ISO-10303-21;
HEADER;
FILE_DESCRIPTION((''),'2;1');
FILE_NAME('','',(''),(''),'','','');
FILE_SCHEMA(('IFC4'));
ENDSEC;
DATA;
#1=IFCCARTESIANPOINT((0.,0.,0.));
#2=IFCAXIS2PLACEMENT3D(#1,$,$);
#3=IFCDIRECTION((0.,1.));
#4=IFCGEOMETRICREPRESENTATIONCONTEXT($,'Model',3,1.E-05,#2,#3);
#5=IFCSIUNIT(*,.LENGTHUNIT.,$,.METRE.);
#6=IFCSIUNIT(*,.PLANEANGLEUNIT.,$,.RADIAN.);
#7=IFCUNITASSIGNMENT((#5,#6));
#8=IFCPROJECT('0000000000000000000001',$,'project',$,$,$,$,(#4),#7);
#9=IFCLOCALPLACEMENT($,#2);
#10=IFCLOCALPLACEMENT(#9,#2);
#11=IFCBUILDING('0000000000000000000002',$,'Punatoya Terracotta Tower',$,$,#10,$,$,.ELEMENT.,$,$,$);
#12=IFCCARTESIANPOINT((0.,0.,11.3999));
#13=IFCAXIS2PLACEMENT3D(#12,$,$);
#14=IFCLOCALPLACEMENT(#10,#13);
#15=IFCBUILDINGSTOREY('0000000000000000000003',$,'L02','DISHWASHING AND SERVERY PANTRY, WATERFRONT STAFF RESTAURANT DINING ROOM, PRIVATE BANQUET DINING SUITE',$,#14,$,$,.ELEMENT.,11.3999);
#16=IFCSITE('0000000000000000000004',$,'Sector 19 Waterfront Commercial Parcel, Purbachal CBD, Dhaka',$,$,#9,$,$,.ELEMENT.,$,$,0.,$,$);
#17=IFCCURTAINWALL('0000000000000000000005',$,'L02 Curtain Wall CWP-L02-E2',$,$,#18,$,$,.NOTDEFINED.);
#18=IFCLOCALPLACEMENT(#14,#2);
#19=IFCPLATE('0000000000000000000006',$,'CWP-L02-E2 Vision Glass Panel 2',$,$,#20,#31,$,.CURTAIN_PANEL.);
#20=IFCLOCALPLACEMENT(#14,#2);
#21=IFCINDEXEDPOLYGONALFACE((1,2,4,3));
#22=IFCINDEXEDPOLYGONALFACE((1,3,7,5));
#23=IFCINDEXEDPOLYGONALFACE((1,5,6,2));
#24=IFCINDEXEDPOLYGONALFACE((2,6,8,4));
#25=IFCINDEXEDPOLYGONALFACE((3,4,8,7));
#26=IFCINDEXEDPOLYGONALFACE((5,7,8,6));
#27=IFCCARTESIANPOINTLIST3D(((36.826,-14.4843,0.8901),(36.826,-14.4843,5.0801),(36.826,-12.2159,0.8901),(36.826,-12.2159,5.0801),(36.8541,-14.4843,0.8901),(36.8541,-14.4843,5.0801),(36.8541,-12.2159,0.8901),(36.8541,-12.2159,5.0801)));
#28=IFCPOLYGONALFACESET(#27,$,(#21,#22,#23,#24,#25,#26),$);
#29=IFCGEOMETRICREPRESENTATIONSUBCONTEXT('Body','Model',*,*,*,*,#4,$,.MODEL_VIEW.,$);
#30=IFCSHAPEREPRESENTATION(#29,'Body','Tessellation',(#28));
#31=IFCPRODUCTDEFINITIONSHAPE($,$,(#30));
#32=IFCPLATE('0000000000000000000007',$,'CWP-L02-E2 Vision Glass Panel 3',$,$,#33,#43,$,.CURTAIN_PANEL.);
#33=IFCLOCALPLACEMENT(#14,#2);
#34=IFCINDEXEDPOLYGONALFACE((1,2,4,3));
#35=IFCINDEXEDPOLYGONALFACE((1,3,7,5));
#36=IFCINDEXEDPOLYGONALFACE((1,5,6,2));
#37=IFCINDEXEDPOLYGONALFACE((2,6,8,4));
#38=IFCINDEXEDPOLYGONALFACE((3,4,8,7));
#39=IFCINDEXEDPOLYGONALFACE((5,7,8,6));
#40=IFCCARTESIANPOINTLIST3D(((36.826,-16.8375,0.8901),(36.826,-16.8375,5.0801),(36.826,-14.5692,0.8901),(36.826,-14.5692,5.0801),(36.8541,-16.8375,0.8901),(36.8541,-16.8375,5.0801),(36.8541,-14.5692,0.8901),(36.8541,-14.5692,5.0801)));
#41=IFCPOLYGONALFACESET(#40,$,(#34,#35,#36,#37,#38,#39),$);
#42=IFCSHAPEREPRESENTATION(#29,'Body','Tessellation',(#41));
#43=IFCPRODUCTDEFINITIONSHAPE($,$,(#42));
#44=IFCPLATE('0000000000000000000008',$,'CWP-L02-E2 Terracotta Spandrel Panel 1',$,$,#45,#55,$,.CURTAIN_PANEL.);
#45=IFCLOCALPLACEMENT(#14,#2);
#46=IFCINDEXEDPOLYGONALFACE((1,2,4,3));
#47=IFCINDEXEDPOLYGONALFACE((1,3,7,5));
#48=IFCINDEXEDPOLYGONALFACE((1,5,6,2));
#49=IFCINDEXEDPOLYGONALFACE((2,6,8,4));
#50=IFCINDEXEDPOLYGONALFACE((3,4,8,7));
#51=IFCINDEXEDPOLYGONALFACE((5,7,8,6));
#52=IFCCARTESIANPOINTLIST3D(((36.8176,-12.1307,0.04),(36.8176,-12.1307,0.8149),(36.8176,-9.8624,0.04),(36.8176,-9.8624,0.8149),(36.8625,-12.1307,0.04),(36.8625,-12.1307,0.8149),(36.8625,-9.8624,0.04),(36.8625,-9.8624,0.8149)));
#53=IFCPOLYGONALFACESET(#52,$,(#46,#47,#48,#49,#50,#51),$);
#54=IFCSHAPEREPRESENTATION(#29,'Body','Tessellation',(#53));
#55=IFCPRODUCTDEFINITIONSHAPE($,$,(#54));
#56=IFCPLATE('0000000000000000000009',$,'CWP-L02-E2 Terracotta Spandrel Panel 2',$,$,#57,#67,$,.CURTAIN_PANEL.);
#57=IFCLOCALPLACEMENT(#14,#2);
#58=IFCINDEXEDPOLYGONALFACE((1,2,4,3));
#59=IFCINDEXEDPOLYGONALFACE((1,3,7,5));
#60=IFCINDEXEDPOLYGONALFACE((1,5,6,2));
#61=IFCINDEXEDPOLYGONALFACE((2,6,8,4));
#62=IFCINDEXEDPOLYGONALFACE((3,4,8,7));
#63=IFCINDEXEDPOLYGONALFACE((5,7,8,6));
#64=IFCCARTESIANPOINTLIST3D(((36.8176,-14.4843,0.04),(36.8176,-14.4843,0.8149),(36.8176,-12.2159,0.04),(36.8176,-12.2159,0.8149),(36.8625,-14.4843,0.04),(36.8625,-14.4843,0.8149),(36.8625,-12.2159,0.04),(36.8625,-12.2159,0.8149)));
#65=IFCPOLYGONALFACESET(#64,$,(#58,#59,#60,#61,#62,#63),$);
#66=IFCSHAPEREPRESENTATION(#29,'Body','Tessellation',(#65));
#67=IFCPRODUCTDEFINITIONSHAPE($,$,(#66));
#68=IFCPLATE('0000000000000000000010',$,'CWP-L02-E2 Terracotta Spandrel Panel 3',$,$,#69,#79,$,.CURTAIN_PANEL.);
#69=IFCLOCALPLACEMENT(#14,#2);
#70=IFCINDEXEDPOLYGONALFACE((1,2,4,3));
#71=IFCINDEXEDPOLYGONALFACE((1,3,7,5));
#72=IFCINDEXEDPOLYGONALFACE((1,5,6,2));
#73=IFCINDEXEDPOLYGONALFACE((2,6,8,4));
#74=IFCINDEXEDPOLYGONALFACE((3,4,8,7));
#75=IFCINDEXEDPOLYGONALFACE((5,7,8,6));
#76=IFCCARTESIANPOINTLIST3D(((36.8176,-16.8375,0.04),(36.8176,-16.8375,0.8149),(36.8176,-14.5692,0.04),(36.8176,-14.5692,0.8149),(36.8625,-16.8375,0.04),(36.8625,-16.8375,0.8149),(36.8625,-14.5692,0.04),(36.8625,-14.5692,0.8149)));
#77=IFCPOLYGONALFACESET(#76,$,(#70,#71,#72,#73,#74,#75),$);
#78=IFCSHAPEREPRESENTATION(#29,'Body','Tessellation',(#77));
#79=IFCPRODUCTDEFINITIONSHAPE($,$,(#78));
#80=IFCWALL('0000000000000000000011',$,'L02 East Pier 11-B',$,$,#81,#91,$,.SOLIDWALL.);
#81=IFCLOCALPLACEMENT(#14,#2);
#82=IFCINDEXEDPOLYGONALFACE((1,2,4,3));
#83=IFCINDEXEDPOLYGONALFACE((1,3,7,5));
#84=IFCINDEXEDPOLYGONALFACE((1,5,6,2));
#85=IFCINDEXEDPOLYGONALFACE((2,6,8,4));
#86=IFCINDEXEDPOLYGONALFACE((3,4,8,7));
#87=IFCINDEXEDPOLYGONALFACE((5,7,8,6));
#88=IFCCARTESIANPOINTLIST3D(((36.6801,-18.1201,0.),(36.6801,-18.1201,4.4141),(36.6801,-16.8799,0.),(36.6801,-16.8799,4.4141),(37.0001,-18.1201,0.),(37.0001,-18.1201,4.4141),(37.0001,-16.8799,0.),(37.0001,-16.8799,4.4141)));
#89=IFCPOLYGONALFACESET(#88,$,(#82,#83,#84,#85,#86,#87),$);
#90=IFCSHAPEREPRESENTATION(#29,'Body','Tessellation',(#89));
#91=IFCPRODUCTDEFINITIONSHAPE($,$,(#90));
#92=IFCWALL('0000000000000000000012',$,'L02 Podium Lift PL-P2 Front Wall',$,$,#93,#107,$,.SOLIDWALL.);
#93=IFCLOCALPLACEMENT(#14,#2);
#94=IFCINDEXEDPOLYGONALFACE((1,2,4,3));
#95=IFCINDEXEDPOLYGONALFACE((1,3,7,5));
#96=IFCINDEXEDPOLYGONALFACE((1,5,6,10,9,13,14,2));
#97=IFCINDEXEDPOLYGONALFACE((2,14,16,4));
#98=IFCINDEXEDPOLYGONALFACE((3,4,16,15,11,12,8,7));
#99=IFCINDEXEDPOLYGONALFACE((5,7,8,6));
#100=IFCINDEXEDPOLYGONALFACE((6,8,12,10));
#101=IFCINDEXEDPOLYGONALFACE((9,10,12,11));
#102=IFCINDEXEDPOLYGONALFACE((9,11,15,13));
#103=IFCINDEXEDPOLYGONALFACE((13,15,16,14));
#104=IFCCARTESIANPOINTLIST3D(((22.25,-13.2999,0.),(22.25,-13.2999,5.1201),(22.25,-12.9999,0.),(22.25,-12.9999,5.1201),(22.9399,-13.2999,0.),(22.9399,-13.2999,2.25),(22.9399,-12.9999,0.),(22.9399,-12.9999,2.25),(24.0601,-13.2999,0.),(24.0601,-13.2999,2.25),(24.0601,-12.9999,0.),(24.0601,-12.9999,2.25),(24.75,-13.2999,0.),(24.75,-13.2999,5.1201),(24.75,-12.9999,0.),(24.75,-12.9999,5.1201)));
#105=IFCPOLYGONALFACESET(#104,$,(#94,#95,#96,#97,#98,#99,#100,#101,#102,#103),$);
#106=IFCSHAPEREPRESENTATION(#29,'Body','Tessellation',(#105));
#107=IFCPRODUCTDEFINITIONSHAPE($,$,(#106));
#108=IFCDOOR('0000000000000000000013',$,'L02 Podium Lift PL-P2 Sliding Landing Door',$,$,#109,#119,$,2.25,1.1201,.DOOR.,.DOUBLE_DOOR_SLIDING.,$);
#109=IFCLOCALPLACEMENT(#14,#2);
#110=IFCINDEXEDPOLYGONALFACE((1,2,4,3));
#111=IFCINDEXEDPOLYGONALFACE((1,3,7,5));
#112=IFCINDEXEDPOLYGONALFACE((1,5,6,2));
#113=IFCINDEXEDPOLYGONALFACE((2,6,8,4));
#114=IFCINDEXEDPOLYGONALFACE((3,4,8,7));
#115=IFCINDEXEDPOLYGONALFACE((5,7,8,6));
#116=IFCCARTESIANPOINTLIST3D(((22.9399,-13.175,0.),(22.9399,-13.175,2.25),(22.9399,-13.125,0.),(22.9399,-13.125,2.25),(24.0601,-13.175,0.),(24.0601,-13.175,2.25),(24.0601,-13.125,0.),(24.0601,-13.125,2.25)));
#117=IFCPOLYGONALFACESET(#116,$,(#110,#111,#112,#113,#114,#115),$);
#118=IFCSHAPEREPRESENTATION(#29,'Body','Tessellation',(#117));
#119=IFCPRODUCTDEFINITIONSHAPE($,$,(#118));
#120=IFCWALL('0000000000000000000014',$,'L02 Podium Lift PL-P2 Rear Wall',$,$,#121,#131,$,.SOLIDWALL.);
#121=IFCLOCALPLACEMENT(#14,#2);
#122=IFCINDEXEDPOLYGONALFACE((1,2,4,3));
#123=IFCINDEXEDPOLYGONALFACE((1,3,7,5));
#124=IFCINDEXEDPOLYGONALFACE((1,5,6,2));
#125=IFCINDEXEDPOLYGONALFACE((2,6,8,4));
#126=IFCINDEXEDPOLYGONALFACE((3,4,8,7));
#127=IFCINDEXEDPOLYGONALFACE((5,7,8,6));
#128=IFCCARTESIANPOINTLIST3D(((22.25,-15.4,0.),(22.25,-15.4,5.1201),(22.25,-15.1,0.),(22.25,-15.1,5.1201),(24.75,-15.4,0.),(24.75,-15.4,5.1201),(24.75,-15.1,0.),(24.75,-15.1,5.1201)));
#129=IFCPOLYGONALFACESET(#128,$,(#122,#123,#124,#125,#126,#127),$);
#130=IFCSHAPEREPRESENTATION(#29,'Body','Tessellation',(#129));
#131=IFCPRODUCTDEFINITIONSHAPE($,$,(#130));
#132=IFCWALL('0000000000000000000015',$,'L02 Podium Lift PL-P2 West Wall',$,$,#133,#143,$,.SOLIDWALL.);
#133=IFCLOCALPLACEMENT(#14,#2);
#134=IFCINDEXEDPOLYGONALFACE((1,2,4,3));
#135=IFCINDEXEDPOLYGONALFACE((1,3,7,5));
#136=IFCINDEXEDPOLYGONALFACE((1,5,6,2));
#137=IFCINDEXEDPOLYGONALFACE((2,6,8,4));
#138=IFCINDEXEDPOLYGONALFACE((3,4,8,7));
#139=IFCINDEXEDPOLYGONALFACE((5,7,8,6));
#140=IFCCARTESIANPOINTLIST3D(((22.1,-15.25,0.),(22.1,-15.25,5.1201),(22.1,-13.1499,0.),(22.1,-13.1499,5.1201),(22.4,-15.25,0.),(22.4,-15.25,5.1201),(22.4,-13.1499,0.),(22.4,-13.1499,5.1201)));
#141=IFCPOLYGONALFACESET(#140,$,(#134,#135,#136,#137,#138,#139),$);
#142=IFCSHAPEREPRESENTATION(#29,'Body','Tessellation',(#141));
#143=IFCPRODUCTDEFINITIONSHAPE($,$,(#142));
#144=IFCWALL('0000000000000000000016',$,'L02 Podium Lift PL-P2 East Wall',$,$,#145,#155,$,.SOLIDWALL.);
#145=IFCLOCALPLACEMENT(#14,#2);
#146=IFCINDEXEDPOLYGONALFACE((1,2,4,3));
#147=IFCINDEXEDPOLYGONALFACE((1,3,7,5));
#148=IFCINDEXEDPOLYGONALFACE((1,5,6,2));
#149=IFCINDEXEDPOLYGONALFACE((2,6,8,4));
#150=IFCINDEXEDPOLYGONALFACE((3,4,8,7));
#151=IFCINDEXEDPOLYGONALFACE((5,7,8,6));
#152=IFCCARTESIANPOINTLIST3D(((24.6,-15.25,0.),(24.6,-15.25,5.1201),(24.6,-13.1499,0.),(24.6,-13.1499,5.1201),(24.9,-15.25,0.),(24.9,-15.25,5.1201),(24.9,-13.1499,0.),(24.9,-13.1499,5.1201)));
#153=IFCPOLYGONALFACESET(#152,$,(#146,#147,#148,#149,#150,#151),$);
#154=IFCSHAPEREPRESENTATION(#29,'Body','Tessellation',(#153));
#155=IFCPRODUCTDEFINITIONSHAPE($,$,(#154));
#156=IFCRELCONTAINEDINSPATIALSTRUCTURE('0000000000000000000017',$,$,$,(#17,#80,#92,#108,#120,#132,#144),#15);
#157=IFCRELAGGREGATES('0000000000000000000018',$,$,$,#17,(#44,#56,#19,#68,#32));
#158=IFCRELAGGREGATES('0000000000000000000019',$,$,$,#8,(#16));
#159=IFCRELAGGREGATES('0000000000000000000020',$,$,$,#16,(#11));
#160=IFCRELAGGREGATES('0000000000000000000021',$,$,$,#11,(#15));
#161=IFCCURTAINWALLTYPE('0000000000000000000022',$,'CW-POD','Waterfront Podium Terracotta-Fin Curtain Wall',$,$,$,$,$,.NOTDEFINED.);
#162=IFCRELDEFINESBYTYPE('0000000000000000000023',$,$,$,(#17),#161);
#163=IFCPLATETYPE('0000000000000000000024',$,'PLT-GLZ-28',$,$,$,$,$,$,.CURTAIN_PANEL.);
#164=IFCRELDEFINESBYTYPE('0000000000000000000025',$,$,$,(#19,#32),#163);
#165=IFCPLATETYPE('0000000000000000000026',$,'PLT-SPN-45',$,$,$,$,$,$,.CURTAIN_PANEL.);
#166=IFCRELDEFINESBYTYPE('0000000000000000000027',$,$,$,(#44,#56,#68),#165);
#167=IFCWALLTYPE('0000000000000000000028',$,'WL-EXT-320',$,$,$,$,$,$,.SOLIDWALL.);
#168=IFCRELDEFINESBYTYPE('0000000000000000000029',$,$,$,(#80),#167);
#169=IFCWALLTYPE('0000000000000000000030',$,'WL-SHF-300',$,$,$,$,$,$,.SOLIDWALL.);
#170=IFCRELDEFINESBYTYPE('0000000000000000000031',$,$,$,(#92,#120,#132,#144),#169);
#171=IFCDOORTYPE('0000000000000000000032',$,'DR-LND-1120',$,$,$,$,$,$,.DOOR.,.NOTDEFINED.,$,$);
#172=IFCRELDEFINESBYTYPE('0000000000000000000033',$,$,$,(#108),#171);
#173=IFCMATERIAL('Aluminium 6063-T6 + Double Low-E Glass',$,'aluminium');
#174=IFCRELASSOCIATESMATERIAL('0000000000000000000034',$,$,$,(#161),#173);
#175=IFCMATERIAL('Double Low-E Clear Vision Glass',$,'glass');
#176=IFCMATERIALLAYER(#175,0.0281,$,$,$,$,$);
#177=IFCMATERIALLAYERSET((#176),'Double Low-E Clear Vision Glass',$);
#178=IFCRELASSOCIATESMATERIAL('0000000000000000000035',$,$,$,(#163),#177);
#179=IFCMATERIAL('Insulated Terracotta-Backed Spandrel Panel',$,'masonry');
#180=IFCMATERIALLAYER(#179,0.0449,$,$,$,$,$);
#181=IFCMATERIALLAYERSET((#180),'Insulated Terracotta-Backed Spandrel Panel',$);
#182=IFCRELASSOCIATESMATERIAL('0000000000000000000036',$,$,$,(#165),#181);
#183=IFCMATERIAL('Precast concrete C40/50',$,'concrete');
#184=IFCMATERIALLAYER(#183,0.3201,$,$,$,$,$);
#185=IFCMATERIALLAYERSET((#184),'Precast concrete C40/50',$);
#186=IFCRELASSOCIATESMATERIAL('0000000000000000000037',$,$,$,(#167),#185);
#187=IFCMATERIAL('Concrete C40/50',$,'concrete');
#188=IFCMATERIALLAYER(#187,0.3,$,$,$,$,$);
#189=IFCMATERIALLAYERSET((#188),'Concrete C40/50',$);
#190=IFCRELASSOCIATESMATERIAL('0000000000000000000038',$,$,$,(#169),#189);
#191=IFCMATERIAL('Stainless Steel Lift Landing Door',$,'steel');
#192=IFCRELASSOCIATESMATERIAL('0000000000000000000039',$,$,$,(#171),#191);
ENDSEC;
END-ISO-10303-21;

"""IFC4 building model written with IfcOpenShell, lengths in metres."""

from ifc_helpers import new_model, si_unit, direction, frame, frame_2d, origin, origin_2d, place, context, subcontext, project, spatial, rectangle, extrude, material, layer, layer_set, type_object, element, fill, aggregate, save


model = new_model("IFC4")

# Units and contexts
model_context = context("Model", 3, precision=1e-05, world=origin(), true_north=direction((0.0, 1.0)))
body_context = subcontext(model_context, "Body", "Model", "MODEL_VIEW")
ifc_project = project(units=[si_unit("LENGTHUNIT", "METRE"), si_unit("PLANEANGLEUNIT", "RADIAN")], contexts=[model_context])

# Site, building, storey
site_placement = place(None, origin())
site = spatial("IfcSite", under=ifc_project, at=site_placement, Name="Sector 19 Waterfront Commercial Parcel, Purbachal CBD, Dhaka", CompositionType="ELEMENT", RefElevation=0.0)
building_placement = place(site_placement, origin())
building = spatial("IfcBuilding", under=site, at=building_placement, Name="Punatoya Terracotta Tower", CompositionType="ELEMENT")
storey_placement = place(building_placement, frame((0.0, 0.0, 11.3999)))
storey = spatial("IfcBuildingStorey", under=building, at=storey_placement, Name="L02", Description="DISHWASHING AND SERVERY PANTRY, WATERFRONT STAFF RESTAURANT DINING ROOM, PRIVATE BANQUET DINING SUITE", CompositionType="ELEMENT", Elevation=11.3999)

# Curtain wall, plates
ifc_material_1 = material(Name="Aluminium 6063-T6 + Double Low-E Glass", Category="aluminium")
curtain_wall_type = type_object("IfcCurtainWallType", Name="CW-POD", Description="Waterfront Podium Terracotta-Fin Curtain Wall", PredefinedType="NOTDEFINED", material=ifc_material_1)
curtain_wall_placement = place(storey_placement, origin())
curtain_wall = element("IfcCurtainWall", 1, at=curtain_wall_placement, inside=storey, type_object=curtain_wall_type, Name="L02 Curtain Wall CWP-L02-E2", PredefinedType="NOTDEFINED")
ifc_material_2 = material(Name="Double Low-E Clear Vision Glass", Category="glass")
ifc_layer_1 = layer(ifc_material_2, 0.0281)
ifc_layer_set_1 = layer_set([ifc_layer_1], Name="Double Low-E Clear Vision Glass")
plate_type_1 = type_object("IfcPlateType", Name="PLT-GLZ-28", PredefinedType="CURTAIN_PANEL", material=ifc_layer_set_1)
plate_1_placement = place(storey_placement, frame((36.8401, -13.3501, 0.8901), z_axis=(0.0, 0.0, 1.0), x_axis=(0.0, -1.0, 0.0)))
plate_1 = element("IfcPlate", 2, at=plate_1_placement, type_object=plate_type_1, Name="CWP-L02-E2 Vision Glass Panel 2", PredefinedType="CURTAIN_PANEL", context=body_context, shape_type="SweptSolid", body=[
    extrude(rectangle(XDim=2.2683, YDim=0.0281, at=origin_2d()), origin(), (0.0, 0.0, 1.0), 4.1899),
])
plate_2_placement = place(storey_placement, frame((36.8401, -15.7034, 0.8901), z_axis=(0.0, 0.0, 1.0), x_axis=(0.0, -1.0, 0.0)))
plate_2 = element("IfcPlate", 3, at=plate_2_placement, type_object=plate_type_1, Name="CWP-L02-E2 Vision Glass Panel 3", PredefinedType="CURTAIN_PANEL", context=body_context, shape_type="SweptSolid", body=[
    extrude(rectangle(XDim=2.2683, YDim=0.0281, at=origin_2d()), origin(), (0.0, 0.0, 1.0), 4.1899),
])
ifc_material_3 = material(Name="Insulated Terracotta-Backed Spandrel Panel", Category="masonry")
ifc_layer_2 = layer(ifc_material_3, 0.0449)
ifc_layer_set_2 = layer_set([ifc_layer_2], Name="Insulated Terracotta-Backed Spandrel Panel")
plate_type_2 = type_object("IfcPlateType", Name="PLT-SPN-45", PredefinedType="CURTAIN_PANEL", material=ifc_layer_set_2)
plate_3_placement = place(storey_placement, frame((36.8401, -10.9966, 0.04), z_axis=(0.0, 0.0, 1.0), x_axis=(0.0, -1.0, 0.0)))
plate_3 = element("IfcPlate", 4, at=plate_3_placement, type_object=plate_type_2, Name="CWP-L02-E2 Terracotta Spandrel Panel 1", PredefinedType="CURTAIN_PANEL", context=body_context, shape_type="SweptSolid", body=[
    extrude(rectangle(XDim=2.2683, YDim=0.0449, at=origin_2d()), origin(), (0.0, 0.0, 1.0), 0.7749),
])
plate_4_placement = place(storey_placement, frame((36.8401, -13.3501, 0.04), z_axis=(0.0, 0.0, 1.0), x_axis=(0.0, -1.0, 0.0)))
plate_4 = element("IfcPlate", 5, at=plate_4_placement, type_object=plate_type_2, Name="CWP-L02-E2 Terracotta Spandrel Panel 2", PredefinedType="CURTAIN_PANEL", context=body_context, shape_type="SweptSolid", body=[
    extrude(rectangle(XDim=2.2683, YDim=0.0449, at=origin_2d()), origin(), (0.0, 0.0, 1.0), 0.7749),
])
plate_5_placement = place(storey_placement, frame((36.8401, -15.7034, 0.04), z_axis=(0.0, 0.0, 1.0), x_axis=(0.0, -1.0, 0.0)))
plate_5 = element("IfcPlate", 6, at=plate_5_placement, type_object=plate_type_2, Name="CWP-L02-E2 Terracotta Spandrel Panel 3", PredefinedType="CURTAIN_PANEL", context=body_context, shape_type="SweptSolid", body=[
    extrude(rectangle(XDim=2.2683, YDim=0.0449, at=origin_2d()), origin(), (0.0, 0.0, 1.0), 0.7749),
])
aggregate(curtain_wall, [plate_3, plate_4, plate_1, plate_5, plate_2])

# Wall
ifc_material_4 = material(Name="Precast concrete C40/50", Category="concrete")
ifc_layer_3 = layer(ifc_material_4, 0.3201)
ifc_layer_set_3 = layer_set([ifc_layer_3], Name="Precast concrete C40/50")
wall_type_1 = type_object("IfcWallType", Name="WL-EXT-320", PredefinedType="SOLIDWALL", material=ifc_layer_set_3)
wall_1_placement = place(storey_placement, frame((36.8401, -16.8799, 0.0), z_axis=(0.0, 0.0, 1.0), x_axis=(0.0, -1.0, 0.0)))
element("IfcWall", 7, at=wall_1_placement, inside=storey, type_object=wall_type_1, Name="L02 East Pier 11-B", PredefinedType="SOLIDWALL", context=body_context, shape_type="SweptSolid", body=[
    extrude(rectangle(XDim=1.2402, YDim=0.3201, at=frame_2d((0.6201, 0.0))), origin(), (0.0, 0.0, 1.0), 4.4141),
])

# Wall, opening, door
ifc_material_5 = material(Name="Concrete C40/50", Category="concrete")
ifc_layer_4 = layer(ifc_material_5, 0.3)
ifc_layer_set_4 = layer_set([ifc_layer_4], Name="Concrete C40/50")
wall_type_2 = type_object("IfcWallType", Name="WL-SHF-300", PredefinedType="SOLIDWALL", material=ifc_layer_set_4)
wall_2_placement = place(storey_placement, frame((22.25, -13.1499, 0.0), z_axis=(0.0, 0.0, 1.0), x_axis=(1.0, 0.0, 0.0)))
wall_2 = element("IfcWall", 8, at=wall_2_placement, inside=storey, type_object=wall_type_2, Name="L02 Podium Lift PL-P2 Front Wall", PredefinedType="SOLIDWALL", context=body_context, shape_type="SweptSolid", body=[
    extrude(rectangle(XDim=2.5, YDim=0.3, at=frame_2d((1.25, 0.0))), origin(), (0.0, 0.0, 1.0), 5.1201),
])
opening_placement = place(wall_2_placement, frame((0.6899, 0.0, 0.0)))
opening = element("IfcOpeningElement", 9, at=opening_placement, cuts=wall_2, PredefinedType="OPENING", context=body_context, shape_type="SweptSolid", body=[
    extrude(rectangle(XDim=1.1201, YDim=2.25, at=frame_2d((0.5601, 1.125))), frame((0.0, 0.1599, 0.0), z_axis=(0.0, -1.0, 0.0), x_axis=(1.0, 0.0, 0.0)), (0.0, 0.0, 1.0), 0.3201),
])
ifc_material_6 = material(Name="Stainless Steel Lift Landing Door", Category="steel")
door_type = type_object("IfcDoorType", Name="DR-LND-1120", OperationType="NOTDEFINED", PredefinedType="DOOR", material=ifc_material_6)
door_placement = place(opening_placement, origin())
door = element("IfcDoor", 10, at=door_placement, inside=storey, type_object=door_type, Name="L02 Podium Lift PL-P2 Sliding Landing Door", OperationType="DOUBLE_DOOR_SLIDING", OverallHeight=2.25, OverallWidth=1.1201, PredefinedType="DOOR", context=body_context, shape_type="SweptSolid", body=[
    extrude(rectangle(XDim=1.1201, YDim=2.25, at=frame_2d((0.5601, 1.125))), frame((0.0, 0.0249, 0.0), z_axis=(0.0, -1.0, 0.0), x_axis=(1.0, 0.0, 0.0)), (0.0, 0.0, 1.0), 0.05),
])
fill(opening, door)

# Walls
wall_3_placement = place(storey_placement, frame((22.25, -15.25, 0.0), z_axis=(0.0, 0.0, 1.0), x_axis=(1.0, 0.0, 0.0)))
element("IfcWall", 11, at=wall_3_placement, inside=storey, type_object=wall_type_2, Name="L02 Podium Lift PL-P2 Rear Wall", PredefinedType="SOLIDWALL", context=body_context, shape_type="SweptSolid", body=[
    extrude(rectangle(XDim=2.5, YDim=0.3, at=frame_2d((1.25, 0.0))), origin(), (0.0, 0.0, 1.0), 5.1201),
])
for number, where, z_axis, x_axis, name in (
    (12, (22.25, -15.25, 0.0), (0.0, 0.0, 1.0), (0.0, 1.0, 0.0), "L02 Podium Lift PL-P2 West Wall"),
    (13, (24.75, -15.25, 0.0), (0.0, 0.0, 1.0), (0.0, 1.0, 0.0), "L02 Podium Lift PL-P2 East Wall"),
):
    element("IfcWall", number, at=place(storey_placement, frame(where, z_axis=z_axis, x_axis=x_axis)), inside=storey, type_object=wall_type_2, Name=name, PredefinedType="SOLIDWALL", context=body_context, shape_type="SweptSolid", body=[
        extrude(rectangle(XDim=2.1001, YDim=0.3, at=frame_2d((1.05, 0.0))), origin(), (0.0, 0.0, 1.0), 5.1201),
    ])

save(model, "model.ifc")
